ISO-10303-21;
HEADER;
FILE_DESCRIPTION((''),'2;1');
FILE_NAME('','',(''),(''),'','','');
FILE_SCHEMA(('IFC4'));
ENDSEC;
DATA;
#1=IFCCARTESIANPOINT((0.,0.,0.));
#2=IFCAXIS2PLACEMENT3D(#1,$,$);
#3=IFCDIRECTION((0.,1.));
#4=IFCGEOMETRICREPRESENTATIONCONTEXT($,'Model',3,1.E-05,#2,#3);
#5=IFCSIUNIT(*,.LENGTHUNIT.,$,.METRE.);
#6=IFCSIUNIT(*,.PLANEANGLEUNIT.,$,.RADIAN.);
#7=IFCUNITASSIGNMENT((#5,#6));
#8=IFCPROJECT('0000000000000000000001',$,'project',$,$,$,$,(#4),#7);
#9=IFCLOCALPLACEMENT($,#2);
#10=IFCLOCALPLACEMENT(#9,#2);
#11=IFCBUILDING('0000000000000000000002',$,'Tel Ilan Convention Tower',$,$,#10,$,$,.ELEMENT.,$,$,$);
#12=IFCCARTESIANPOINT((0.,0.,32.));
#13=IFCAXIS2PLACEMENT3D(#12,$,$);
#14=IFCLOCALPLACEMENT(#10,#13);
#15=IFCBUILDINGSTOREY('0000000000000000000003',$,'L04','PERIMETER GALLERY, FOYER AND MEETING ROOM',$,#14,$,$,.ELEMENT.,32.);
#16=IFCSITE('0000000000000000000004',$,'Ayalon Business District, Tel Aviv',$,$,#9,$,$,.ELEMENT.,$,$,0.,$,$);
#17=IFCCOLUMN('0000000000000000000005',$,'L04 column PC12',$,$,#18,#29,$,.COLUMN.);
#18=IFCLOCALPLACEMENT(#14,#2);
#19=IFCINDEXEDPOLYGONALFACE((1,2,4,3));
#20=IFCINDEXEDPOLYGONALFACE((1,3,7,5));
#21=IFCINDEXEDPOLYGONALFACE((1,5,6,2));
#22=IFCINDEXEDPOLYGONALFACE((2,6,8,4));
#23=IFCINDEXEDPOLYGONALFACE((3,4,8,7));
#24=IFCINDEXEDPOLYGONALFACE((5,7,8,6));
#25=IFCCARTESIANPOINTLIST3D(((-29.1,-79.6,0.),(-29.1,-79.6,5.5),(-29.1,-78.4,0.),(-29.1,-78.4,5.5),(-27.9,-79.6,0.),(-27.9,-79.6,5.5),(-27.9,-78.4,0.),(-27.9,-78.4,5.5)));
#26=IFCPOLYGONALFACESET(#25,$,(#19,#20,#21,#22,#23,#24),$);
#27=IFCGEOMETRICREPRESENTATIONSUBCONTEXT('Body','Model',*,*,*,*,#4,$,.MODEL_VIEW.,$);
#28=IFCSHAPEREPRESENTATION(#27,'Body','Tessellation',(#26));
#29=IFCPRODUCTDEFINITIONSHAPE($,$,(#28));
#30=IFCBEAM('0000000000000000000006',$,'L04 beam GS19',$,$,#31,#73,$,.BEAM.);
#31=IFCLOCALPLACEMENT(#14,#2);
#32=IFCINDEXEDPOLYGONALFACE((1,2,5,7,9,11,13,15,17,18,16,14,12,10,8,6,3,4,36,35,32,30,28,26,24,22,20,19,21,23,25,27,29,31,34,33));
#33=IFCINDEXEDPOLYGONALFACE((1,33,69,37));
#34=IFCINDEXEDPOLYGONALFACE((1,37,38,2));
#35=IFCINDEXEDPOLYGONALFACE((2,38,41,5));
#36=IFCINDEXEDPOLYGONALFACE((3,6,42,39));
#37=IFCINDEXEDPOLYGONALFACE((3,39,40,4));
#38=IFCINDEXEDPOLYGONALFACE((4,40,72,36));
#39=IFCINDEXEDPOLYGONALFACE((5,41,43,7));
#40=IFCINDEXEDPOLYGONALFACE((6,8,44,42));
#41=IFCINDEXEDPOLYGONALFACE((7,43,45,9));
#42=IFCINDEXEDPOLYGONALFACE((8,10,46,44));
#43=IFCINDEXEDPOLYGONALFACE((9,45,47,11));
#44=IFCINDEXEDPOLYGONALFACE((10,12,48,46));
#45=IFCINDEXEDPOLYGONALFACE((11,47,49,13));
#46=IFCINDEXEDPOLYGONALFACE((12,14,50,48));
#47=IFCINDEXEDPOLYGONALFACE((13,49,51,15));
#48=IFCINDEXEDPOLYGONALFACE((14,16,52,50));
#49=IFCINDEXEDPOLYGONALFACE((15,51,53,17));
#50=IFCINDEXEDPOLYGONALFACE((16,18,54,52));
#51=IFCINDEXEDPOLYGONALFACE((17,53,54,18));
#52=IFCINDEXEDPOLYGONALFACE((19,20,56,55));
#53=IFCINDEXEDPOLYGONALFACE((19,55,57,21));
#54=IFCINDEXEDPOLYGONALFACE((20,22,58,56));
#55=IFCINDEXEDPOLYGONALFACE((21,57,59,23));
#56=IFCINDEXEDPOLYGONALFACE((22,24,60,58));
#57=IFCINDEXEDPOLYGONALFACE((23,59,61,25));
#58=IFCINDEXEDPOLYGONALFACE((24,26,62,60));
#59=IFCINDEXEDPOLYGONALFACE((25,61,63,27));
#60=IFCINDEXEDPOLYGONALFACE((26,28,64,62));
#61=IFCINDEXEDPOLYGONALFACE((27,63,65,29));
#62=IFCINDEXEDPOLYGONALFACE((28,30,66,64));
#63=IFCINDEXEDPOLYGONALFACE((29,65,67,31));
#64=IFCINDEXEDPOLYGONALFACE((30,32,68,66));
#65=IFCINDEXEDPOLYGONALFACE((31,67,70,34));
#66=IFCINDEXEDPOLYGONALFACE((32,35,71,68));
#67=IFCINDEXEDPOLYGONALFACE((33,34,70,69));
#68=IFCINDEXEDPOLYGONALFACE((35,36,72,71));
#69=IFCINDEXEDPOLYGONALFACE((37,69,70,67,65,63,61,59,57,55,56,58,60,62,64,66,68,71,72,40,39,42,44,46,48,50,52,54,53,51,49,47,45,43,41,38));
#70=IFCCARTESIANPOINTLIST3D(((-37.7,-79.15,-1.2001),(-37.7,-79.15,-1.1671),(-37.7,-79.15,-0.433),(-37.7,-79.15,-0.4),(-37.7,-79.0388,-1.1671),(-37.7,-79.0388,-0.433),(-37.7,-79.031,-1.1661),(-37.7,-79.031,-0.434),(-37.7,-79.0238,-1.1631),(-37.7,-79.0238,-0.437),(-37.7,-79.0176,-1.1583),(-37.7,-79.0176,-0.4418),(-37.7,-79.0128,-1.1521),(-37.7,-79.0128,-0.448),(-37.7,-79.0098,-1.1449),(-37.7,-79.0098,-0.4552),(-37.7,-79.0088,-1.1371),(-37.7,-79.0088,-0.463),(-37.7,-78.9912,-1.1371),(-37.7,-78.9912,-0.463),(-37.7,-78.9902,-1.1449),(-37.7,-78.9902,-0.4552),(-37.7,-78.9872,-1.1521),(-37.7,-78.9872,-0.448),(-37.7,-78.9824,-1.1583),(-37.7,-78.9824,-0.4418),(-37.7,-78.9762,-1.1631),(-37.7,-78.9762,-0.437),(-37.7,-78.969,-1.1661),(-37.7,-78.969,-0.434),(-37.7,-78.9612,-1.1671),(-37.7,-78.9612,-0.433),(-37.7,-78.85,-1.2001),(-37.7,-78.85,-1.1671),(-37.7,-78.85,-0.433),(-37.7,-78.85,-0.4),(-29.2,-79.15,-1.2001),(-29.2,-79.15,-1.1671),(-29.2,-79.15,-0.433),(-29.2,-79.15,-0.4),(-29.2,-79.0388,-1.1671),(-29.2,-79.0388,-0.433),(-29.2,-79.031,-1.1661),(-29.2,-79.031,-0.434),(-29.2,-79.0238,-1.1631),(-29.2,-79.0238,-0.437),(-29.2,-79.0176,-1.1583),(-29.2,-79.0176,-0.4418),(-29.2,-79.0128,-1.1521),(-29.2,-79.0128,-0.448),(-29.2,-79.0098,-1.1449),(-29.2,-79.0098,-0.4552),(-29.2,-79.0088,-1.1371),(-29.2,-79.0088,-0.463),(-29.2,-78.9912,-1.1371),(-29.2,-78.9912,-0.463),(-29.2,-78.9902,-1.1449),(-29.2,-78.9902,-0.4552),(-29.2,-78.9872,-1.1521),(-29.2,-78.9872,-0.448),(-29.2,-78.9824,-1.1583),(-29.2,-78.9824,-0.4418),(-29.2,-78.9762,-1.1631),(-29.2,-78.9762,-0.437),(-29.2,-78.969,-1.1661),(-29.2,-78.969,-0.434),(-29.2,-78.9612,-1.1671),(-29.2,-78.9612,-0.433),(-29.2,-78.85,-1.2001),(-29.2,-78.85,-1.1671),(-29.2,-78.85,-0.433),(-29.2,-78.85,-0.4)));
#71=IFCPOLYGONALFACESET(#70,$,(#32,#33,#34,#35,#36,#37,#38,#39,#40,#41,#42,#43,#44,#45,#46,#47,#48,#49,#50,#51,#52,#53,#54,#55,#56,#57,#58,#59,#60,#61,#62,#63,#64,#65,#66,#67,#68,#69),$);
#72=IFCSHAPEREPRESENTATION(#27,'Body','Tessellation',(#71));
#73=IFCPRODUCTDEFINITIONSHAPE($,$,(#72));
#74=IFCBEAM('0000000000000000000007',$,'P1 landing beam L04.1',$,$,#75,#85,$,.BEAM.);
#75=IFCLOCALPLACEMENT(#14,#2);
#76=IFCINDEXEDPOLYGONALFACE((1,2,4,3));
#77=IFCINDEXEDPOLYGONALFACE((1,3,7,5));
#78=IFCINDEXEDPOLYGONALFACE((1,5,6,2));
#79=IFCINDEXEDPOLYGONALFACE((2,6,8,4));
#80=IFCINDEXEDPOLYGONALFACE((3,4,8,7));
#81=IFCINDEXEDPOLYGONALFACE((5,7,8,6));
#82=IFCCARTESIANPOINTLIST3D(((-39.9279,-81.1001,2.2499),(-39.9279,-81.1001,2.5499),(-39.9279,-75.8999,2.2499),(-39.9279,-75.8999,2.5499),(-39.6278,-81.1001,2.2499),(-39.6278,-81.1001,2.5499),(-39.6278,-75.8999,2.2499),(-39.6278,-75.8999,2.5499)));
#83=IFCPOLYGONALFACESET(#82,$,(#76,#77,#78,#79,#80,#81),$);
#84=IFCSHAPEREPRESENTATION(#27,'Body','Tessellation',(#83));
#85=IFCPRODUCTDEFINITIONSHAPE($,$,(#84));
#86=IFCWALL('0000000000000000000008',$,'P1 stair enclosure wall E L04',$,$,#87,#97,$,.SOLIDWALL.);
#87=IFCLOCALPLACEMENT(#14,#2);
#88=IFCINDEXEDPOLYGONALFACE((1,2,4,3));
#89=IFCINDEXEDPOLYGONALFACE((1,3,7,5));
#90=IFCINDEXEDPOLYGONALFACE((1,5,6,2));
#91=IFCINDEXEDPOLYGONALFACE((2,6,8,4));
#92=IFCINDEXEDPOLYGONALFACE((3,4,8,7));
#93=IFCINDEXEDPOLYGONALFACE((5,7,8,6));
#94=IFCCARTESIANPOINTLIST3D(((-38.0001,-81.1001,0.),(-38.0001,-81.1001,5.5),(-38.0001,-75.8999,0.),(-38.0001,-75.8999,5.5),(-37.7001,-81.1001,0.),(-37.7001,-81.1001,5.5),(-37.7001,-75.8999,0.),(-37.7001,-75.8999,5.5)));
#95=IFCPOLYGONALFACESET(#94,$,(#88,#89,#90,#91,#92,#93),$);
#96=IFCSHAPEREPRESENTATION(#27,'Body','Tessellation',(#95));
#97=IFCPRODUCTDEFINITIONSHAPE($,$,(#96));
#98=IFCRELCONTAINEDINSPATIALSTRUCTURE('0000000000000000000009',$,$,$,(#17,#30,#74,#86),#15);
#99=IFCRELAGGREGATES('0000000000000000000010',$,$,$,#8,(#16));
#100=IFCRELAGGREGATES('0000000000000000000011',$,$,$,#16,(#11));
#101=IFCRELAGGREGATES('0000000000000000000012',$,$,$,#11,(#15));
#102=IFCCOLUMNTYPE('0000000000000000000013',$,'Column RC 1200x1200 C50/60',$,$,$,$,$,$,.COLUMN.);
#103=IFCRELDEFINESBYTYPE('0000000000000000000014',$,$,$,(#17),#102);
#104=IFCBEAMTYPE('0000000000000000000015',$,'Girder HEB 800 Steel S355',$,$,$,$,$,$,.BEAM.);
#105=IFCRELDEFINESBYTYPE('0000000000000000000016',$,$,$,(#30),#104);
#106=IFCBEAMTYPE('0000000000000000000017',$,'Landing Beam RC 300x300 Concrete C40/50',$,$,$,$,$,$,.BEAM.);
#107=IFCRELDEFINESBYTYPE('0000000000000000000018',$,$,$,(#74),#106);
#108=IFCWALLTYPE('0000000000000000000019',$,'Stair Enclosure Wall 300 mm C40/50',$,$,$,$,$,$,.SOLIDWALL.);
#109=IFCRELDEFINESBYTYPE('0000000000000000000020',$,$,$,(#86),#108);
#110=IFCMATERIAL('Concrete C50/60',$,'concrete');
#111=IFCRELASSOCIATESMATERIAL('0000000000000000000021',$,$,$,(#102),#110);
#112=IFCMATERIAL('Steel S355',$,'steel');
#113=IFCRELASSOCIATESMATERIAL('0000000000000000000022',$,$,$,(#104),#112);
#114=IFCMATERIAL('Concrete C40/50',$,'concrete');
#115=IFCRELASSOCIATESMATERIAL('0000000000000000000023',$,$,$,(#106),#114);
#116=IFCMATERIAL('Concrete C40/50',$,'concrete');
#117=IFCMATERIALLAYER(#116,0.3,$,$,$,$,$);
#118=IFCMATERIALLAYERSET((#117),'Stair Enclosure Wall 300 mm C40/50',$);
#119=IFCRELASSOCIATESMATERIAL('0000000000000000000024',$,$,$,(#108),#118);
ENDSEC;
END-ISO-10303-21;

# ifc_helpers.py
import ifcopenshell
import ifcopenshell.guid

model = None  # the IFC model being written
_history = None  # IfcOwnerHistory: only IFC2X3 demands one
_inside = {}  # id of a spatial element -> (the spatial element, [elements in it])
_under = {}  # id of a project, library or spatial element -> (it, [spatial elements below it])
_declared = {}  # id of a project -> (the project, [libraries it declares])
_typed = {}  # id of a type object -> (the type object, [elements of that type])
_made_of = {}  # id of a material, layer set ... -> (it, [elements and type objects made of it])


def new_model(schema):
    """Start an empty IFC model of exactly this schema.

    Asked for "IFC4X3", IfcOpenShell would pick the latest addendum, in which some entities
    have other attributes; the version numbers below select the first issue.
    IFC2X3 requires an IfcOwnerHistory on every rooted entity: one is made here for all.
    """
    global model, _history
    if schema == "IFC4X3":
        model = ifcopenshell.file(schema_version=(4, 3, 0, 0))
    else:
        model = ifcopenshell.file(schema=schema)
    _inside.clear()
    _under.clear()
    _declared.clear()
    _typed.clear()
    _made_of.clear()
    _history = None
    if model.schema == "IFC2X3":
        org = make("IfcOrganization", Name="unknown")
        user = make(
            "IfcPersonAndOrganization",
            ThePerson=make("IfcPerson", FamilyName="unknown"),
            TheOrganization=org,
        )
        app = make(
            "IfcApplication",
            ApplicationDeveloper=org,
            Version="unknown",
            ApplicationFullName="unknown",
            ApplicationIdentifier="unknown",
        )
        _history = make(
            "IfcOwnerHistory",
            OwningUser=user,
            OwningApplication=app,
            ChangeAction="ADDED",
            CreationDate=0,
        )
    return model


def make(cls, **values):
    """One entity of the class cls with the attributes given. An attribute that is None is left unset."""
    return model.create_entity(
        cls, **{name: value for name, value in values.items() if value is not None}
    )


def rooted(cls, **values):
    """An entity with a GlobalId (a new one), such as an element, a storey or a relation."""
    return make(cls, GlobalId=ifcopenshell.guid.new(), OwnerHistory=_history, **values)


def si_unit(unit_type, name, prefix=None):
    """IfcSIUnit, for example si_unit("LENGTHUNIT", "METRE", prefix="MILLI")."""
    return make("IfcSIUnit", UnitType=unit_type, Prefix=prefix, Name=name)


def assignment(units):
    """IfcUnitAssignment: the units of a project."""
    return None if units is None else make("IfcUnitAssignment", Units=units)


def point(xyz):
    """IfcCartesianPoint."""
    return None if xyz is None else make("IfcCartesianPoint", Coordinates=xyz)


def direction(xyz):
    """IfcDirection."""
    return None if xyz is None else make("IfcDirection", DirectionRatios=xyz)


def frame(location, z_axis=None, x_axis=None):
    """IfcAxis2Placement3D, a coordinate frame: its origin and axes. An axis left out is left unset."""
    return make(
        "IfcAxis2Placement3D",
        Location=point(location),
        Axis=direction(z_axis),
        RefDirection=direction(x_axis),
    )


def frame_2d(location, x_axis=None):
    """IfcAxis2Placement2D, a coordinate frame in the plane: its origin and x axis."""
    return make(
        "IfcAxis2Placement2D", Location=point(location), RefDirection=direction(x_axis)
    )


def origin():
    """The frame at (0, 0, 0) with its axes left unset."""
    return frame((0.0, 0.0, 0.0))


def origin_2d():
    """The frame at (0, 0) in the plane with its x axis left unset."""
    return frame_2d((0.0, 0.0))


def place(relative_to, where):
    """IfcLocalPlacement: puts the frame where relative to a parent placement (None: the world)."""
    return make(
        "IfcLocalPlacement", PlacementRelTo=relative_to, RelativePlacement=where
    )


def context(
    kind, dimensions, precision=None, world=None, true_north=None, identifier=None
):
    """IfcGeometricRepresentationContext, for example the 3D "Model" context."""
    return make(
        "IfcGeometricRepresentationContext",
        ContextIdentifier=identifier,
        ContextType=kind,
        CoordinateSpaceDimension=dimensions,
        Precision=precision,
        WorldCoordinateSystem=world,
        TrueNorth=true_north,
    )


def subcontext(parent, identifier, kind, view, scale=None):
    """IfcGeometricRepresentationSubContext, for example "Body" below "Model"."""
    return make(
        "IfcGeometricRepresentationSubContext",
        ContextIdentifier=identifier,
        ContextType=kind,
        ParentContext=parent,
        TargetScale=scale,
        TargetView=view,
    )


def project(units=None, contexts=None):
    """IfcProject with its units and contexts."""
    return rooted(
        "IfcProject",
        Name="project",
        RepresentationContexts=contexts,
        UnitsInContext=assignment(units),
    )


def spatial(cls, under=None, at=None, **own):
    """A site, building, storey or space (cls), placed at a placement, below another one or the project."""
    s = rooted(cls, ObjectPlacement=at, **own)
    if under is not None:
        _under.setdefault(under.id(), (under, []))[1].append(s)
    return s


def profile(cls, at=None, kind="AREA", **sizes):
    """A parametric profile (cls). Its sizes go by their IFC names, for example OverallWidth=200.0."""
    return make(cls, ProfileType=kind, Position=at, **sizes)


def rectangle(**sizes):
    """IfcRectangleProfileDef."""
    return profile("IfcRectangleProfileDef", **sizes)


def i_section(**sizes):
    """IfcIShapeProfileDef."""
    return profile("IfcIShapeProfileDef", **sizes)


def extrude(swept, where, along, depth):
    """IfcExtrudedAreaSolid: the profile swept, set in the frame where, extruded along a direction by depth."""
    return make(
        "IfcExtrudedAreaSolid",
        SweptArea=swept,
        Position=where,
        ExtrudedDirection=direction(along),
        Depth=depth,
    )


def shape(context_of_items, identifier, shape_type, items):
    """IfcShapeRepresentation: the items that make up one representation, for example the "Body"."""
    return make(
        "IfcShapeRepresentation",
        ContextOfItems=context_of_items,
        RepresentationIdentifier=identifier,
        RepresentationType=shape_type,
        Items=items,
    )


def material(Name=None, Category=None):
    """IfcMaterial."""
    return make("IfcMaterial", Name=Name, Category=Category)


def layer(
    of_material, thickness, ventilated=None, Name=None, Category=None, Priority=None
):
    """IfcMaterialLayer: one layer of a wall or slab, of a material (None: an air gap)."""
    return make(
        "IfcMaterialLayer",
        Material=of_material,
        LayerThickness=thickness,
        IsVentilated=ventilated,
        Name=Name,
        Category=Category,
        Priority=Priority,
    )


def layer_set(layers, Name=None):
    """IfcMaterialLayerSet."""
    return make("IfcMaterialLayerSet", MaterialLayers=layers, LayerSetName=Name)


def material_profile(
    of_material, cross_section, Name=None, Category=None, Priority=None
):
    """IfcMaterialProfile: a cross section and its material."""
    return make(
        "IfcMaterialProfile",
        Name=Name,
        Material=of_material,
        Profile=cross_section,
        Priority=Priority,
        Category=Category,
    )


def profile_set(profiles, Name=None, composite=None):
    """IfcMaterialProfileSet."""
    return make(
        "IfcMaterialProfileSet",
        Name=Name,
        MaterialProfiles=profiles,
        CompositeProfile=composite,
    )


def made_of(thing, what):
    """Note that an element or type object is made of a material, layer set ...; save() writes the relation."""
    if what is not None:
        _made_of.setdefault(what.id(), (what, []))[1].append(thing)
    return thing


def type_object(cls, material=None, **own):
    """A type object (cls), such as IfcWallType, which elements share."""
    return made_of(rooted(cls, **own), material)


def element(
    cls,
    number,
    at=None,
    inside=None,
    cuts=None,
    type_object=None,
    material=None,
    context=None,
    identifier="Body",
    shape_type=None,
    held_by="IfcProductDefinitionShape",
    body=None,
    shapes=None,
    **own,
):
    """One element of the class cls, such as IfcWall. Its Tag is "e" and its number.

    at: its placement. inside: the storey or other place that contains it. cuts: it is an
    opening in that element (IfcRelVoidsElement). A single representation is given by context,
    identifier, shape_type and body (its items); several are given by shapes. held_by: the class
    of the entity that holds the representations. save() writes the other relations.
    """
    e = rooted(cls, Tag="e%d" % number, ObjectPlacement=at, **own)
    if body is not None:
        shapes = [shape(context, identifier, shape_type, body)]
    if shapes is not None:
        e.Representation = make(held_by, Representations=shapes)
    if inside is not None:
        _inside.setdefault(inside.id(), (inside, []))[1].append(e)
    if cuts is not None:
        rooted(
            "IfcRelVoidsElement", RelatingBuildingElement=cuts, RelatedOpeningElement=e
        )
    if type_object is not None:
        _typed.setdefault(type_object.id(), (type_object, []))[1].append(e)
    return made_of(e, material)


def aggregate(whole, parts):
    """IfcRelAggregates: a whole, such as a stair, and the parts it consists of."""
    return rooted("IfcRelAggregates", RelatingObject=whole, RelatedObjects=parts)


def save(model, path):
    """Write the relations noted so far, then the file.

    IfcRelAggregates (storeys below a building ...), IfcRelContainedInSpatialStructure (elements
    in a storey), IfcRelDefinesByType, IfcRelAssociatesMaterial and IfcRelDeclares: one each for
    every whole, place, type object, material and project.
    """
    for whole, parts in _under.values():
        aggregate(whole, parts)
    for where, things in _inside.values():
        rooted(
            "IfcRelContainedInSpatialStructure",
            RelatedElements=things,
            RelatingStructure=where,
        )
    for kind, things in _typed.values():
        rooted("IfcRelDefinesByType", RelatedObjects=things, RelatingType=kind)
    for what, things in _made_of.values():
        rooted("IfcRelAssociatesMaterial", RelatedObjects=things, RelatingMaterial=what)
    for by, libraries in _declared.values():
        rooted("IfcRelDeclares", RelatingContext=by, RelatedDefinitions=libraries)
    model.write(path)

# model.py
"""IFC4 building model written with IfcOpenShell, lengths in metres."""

from ifc_helpers import new_model, si_unit, direction, frame, frame_2d, origin, origin_2d, place, context, subcontext, project, spatial, rectangle, i_section, extrude, material, layer, layer_set, material_profile, profile_set, type_object, element, save


model = new_model("IFC4")

# Units and contexts
model_context = context("Model", 3, precision=1e-05, world=origin(), true_north=direction((0.0, 1.0)))
body_context = subcontext(model_context, "Body", "Model", "MODEL_VIEW")
ifc_project = project(units=[si_unit("LENGTHUNIT", "METRE"), si_unit("PLANEANGLEUNIT", "RADIAN")], contexts=[model_context])

# Site, building, storey
site_placement = place(None, origin())
site = spatial("IfcSite", under=ifc_project, at=site_placement, Name="Ayalon Business District, Tel Aviv", CompositionType="ELEMENT", RefElevation=0.0)
building_placement = place(site_placement, origin())
building = spatial("IfcBuilding", under=site, at=building_placement, Name="Tel Ilan Convention Tower", CompositionType="ELEMENT")
storey_placement = place(building_placement, frame((0.0, 0.0, 32.0)))
storey = spatial("IfcBuildingStorey", under=building, at=storey_placement, Name="L04", Description="PERIMETER GALLERY, FOYER AND MEETING ROOM", CompositionType="ELEMENT", Elevation=32.0)

# Column
ifc_material_1 = material(Name="Concrete C50/60", Category="concrete")
ifc_material_profile_1 = material_profile(ifc_material_1, rectangle(XDim=1.2, YDim=1.2, at=origin_2d()), Name="RC 1200x1200")
ifc_profile_set_1 = profile_set([ifc_material_profile_1], Name="Concrete C50/60")
column_type = type_object("IfcColumnType", Name="Column RC 1200x1200 C50/60", PredefinedType="COLUMN", material=ifc_profile_set_1)
column_placement = place(storey_placement, frame((-28.5, -79.0, 0.0), z_axis=(0.0, 0.0, 1.0), x_axis=(1.0, 0.0, 0.0)))
element("IfcColumn", 1, at=column_placement, inside=storey, type_object=column_type, Name="L04 column PC12", PredefinedType="COLUMN", context=body_context, shape_type="SweptSolid", body=[
    extrude(rectangle(XDim=1.2, YDim=1.2, at=origin_2d()), origin(), (0.0, 0.0, 1.0), 5.5),
])

# Beams
ifc_material_2 = material(Name="Steel S355", Category="steel")
ifc_material_profile_2 = material_profile(ifc_material_2, i_section(OverallWidth=0.3, OverallDepth=0.8, WebThickness=0.0176, FlangeThickness=0.033, FilletRadius=0.03, at=origin_2d()), Name="HEB 800")
ifc_profile_set_2 = profile_set([ifc_material_profile_2], Name="Steel S355")
beam_type_1 = type_object("IfcBeamType", Name="Girder HEB 800 Steel S355", PredefinedType="BEAM", material=ifc_profile_set_2)
beam_1_placement = place(storey_placement, frame((-37.7, -79.0, -0.8), z_axis=(1.0, 0.0, 0.0), x_axis=(0.0, 1.0, 0.0)))
element("IfcBeam", 2, at=beam_1_placement, inside=storey, type_object=beam_type_1, Name="L04 beam GS19", PredefinedType="BEAM", context=body_context, shape_type="SweptSolid", body=[
    extrude(i_section(OverallWidth=0.3, OverallDepth=0.8, WebThickness=0.0176, FlangeThickness=0.033, FilletRadius=0.03, at=origin_2d()), origin(), (0.0, 0.0, 1.0), 8.5),
])
ifc_material_3 = material(Name="Concrete C40/50", Category="concrete")
ifc_material_profile_3 = material_profile(ifc_material_3, rectangle(XDim=0.3, YDim=0.3, at=origin_2d()), Name="RC 300x300")
ifc_profile_set_3 = profile_set([ifc_material_profile_3], Name="Concrete C40/50")
beam_type_2 = type_object("IfcBeamType", Name="Landing Beam RC 300x300 Concrete C40/50", PredefinedType="BEAM", material=ifc_profile_set_3)
beam_2_placement = place(storey_placement, frame((-39.7778, -81.1001, 2.3999), z_axis=(0.0, 1.0, 0.0), x_axis=(-1.0, 0.0, 0.0)))
element("IfcBeam", 3, at=beam_2_placement, inside=storey, type_object=beam_type_2, Name="P1 landing beam L04.1", PredefinedType="BEAM", context=body_context, shape_type="SweptSolid", body=[
    extrude(rectangle(XDim=0.3, YDim=0.3, at=origin_2d()), origin(), (0.0, 0.0, 1.0), 5.2002),
])

# Wall
ifc_material_4 = material(Name="Concrete C40/50", Category="concrete")
ifc_layer = layer(ifc_material_4, 0.3)
ifc_layer_set = layer_set([ifc_layer], Name="Stair Enclosure Wall 300 mm C40/50")
wall_type = type_object("IfcWallType", Name="Stair Enclosure Wall 300 mm C40/50", PredefinedType="SOLIDWALL", material=ifc_layer_set)
wall_placement = place(storey_placement, frame((-37.8501, -81.1001, 0.0), z_axis=(0.0, 0.0, 1.0), x_axis=(0.0, 1.0, 0.0)))
element("IfcWall", 4, at=wall_placement, inside=storey, type_object=wall_type, Name="P1 stair enclosure wall E L04", PredefinedType="SOLIDWALL", context=body_context, shape_type="SweptSolid", body=[
    extrude(rectangle(XDim=5.2002, YDim=0.3, at=frame_2d((2.6001, 0.0))), origin(), (0.0, 0.0, 1.0), 5.5),
])

save(model, "model.ifc")
